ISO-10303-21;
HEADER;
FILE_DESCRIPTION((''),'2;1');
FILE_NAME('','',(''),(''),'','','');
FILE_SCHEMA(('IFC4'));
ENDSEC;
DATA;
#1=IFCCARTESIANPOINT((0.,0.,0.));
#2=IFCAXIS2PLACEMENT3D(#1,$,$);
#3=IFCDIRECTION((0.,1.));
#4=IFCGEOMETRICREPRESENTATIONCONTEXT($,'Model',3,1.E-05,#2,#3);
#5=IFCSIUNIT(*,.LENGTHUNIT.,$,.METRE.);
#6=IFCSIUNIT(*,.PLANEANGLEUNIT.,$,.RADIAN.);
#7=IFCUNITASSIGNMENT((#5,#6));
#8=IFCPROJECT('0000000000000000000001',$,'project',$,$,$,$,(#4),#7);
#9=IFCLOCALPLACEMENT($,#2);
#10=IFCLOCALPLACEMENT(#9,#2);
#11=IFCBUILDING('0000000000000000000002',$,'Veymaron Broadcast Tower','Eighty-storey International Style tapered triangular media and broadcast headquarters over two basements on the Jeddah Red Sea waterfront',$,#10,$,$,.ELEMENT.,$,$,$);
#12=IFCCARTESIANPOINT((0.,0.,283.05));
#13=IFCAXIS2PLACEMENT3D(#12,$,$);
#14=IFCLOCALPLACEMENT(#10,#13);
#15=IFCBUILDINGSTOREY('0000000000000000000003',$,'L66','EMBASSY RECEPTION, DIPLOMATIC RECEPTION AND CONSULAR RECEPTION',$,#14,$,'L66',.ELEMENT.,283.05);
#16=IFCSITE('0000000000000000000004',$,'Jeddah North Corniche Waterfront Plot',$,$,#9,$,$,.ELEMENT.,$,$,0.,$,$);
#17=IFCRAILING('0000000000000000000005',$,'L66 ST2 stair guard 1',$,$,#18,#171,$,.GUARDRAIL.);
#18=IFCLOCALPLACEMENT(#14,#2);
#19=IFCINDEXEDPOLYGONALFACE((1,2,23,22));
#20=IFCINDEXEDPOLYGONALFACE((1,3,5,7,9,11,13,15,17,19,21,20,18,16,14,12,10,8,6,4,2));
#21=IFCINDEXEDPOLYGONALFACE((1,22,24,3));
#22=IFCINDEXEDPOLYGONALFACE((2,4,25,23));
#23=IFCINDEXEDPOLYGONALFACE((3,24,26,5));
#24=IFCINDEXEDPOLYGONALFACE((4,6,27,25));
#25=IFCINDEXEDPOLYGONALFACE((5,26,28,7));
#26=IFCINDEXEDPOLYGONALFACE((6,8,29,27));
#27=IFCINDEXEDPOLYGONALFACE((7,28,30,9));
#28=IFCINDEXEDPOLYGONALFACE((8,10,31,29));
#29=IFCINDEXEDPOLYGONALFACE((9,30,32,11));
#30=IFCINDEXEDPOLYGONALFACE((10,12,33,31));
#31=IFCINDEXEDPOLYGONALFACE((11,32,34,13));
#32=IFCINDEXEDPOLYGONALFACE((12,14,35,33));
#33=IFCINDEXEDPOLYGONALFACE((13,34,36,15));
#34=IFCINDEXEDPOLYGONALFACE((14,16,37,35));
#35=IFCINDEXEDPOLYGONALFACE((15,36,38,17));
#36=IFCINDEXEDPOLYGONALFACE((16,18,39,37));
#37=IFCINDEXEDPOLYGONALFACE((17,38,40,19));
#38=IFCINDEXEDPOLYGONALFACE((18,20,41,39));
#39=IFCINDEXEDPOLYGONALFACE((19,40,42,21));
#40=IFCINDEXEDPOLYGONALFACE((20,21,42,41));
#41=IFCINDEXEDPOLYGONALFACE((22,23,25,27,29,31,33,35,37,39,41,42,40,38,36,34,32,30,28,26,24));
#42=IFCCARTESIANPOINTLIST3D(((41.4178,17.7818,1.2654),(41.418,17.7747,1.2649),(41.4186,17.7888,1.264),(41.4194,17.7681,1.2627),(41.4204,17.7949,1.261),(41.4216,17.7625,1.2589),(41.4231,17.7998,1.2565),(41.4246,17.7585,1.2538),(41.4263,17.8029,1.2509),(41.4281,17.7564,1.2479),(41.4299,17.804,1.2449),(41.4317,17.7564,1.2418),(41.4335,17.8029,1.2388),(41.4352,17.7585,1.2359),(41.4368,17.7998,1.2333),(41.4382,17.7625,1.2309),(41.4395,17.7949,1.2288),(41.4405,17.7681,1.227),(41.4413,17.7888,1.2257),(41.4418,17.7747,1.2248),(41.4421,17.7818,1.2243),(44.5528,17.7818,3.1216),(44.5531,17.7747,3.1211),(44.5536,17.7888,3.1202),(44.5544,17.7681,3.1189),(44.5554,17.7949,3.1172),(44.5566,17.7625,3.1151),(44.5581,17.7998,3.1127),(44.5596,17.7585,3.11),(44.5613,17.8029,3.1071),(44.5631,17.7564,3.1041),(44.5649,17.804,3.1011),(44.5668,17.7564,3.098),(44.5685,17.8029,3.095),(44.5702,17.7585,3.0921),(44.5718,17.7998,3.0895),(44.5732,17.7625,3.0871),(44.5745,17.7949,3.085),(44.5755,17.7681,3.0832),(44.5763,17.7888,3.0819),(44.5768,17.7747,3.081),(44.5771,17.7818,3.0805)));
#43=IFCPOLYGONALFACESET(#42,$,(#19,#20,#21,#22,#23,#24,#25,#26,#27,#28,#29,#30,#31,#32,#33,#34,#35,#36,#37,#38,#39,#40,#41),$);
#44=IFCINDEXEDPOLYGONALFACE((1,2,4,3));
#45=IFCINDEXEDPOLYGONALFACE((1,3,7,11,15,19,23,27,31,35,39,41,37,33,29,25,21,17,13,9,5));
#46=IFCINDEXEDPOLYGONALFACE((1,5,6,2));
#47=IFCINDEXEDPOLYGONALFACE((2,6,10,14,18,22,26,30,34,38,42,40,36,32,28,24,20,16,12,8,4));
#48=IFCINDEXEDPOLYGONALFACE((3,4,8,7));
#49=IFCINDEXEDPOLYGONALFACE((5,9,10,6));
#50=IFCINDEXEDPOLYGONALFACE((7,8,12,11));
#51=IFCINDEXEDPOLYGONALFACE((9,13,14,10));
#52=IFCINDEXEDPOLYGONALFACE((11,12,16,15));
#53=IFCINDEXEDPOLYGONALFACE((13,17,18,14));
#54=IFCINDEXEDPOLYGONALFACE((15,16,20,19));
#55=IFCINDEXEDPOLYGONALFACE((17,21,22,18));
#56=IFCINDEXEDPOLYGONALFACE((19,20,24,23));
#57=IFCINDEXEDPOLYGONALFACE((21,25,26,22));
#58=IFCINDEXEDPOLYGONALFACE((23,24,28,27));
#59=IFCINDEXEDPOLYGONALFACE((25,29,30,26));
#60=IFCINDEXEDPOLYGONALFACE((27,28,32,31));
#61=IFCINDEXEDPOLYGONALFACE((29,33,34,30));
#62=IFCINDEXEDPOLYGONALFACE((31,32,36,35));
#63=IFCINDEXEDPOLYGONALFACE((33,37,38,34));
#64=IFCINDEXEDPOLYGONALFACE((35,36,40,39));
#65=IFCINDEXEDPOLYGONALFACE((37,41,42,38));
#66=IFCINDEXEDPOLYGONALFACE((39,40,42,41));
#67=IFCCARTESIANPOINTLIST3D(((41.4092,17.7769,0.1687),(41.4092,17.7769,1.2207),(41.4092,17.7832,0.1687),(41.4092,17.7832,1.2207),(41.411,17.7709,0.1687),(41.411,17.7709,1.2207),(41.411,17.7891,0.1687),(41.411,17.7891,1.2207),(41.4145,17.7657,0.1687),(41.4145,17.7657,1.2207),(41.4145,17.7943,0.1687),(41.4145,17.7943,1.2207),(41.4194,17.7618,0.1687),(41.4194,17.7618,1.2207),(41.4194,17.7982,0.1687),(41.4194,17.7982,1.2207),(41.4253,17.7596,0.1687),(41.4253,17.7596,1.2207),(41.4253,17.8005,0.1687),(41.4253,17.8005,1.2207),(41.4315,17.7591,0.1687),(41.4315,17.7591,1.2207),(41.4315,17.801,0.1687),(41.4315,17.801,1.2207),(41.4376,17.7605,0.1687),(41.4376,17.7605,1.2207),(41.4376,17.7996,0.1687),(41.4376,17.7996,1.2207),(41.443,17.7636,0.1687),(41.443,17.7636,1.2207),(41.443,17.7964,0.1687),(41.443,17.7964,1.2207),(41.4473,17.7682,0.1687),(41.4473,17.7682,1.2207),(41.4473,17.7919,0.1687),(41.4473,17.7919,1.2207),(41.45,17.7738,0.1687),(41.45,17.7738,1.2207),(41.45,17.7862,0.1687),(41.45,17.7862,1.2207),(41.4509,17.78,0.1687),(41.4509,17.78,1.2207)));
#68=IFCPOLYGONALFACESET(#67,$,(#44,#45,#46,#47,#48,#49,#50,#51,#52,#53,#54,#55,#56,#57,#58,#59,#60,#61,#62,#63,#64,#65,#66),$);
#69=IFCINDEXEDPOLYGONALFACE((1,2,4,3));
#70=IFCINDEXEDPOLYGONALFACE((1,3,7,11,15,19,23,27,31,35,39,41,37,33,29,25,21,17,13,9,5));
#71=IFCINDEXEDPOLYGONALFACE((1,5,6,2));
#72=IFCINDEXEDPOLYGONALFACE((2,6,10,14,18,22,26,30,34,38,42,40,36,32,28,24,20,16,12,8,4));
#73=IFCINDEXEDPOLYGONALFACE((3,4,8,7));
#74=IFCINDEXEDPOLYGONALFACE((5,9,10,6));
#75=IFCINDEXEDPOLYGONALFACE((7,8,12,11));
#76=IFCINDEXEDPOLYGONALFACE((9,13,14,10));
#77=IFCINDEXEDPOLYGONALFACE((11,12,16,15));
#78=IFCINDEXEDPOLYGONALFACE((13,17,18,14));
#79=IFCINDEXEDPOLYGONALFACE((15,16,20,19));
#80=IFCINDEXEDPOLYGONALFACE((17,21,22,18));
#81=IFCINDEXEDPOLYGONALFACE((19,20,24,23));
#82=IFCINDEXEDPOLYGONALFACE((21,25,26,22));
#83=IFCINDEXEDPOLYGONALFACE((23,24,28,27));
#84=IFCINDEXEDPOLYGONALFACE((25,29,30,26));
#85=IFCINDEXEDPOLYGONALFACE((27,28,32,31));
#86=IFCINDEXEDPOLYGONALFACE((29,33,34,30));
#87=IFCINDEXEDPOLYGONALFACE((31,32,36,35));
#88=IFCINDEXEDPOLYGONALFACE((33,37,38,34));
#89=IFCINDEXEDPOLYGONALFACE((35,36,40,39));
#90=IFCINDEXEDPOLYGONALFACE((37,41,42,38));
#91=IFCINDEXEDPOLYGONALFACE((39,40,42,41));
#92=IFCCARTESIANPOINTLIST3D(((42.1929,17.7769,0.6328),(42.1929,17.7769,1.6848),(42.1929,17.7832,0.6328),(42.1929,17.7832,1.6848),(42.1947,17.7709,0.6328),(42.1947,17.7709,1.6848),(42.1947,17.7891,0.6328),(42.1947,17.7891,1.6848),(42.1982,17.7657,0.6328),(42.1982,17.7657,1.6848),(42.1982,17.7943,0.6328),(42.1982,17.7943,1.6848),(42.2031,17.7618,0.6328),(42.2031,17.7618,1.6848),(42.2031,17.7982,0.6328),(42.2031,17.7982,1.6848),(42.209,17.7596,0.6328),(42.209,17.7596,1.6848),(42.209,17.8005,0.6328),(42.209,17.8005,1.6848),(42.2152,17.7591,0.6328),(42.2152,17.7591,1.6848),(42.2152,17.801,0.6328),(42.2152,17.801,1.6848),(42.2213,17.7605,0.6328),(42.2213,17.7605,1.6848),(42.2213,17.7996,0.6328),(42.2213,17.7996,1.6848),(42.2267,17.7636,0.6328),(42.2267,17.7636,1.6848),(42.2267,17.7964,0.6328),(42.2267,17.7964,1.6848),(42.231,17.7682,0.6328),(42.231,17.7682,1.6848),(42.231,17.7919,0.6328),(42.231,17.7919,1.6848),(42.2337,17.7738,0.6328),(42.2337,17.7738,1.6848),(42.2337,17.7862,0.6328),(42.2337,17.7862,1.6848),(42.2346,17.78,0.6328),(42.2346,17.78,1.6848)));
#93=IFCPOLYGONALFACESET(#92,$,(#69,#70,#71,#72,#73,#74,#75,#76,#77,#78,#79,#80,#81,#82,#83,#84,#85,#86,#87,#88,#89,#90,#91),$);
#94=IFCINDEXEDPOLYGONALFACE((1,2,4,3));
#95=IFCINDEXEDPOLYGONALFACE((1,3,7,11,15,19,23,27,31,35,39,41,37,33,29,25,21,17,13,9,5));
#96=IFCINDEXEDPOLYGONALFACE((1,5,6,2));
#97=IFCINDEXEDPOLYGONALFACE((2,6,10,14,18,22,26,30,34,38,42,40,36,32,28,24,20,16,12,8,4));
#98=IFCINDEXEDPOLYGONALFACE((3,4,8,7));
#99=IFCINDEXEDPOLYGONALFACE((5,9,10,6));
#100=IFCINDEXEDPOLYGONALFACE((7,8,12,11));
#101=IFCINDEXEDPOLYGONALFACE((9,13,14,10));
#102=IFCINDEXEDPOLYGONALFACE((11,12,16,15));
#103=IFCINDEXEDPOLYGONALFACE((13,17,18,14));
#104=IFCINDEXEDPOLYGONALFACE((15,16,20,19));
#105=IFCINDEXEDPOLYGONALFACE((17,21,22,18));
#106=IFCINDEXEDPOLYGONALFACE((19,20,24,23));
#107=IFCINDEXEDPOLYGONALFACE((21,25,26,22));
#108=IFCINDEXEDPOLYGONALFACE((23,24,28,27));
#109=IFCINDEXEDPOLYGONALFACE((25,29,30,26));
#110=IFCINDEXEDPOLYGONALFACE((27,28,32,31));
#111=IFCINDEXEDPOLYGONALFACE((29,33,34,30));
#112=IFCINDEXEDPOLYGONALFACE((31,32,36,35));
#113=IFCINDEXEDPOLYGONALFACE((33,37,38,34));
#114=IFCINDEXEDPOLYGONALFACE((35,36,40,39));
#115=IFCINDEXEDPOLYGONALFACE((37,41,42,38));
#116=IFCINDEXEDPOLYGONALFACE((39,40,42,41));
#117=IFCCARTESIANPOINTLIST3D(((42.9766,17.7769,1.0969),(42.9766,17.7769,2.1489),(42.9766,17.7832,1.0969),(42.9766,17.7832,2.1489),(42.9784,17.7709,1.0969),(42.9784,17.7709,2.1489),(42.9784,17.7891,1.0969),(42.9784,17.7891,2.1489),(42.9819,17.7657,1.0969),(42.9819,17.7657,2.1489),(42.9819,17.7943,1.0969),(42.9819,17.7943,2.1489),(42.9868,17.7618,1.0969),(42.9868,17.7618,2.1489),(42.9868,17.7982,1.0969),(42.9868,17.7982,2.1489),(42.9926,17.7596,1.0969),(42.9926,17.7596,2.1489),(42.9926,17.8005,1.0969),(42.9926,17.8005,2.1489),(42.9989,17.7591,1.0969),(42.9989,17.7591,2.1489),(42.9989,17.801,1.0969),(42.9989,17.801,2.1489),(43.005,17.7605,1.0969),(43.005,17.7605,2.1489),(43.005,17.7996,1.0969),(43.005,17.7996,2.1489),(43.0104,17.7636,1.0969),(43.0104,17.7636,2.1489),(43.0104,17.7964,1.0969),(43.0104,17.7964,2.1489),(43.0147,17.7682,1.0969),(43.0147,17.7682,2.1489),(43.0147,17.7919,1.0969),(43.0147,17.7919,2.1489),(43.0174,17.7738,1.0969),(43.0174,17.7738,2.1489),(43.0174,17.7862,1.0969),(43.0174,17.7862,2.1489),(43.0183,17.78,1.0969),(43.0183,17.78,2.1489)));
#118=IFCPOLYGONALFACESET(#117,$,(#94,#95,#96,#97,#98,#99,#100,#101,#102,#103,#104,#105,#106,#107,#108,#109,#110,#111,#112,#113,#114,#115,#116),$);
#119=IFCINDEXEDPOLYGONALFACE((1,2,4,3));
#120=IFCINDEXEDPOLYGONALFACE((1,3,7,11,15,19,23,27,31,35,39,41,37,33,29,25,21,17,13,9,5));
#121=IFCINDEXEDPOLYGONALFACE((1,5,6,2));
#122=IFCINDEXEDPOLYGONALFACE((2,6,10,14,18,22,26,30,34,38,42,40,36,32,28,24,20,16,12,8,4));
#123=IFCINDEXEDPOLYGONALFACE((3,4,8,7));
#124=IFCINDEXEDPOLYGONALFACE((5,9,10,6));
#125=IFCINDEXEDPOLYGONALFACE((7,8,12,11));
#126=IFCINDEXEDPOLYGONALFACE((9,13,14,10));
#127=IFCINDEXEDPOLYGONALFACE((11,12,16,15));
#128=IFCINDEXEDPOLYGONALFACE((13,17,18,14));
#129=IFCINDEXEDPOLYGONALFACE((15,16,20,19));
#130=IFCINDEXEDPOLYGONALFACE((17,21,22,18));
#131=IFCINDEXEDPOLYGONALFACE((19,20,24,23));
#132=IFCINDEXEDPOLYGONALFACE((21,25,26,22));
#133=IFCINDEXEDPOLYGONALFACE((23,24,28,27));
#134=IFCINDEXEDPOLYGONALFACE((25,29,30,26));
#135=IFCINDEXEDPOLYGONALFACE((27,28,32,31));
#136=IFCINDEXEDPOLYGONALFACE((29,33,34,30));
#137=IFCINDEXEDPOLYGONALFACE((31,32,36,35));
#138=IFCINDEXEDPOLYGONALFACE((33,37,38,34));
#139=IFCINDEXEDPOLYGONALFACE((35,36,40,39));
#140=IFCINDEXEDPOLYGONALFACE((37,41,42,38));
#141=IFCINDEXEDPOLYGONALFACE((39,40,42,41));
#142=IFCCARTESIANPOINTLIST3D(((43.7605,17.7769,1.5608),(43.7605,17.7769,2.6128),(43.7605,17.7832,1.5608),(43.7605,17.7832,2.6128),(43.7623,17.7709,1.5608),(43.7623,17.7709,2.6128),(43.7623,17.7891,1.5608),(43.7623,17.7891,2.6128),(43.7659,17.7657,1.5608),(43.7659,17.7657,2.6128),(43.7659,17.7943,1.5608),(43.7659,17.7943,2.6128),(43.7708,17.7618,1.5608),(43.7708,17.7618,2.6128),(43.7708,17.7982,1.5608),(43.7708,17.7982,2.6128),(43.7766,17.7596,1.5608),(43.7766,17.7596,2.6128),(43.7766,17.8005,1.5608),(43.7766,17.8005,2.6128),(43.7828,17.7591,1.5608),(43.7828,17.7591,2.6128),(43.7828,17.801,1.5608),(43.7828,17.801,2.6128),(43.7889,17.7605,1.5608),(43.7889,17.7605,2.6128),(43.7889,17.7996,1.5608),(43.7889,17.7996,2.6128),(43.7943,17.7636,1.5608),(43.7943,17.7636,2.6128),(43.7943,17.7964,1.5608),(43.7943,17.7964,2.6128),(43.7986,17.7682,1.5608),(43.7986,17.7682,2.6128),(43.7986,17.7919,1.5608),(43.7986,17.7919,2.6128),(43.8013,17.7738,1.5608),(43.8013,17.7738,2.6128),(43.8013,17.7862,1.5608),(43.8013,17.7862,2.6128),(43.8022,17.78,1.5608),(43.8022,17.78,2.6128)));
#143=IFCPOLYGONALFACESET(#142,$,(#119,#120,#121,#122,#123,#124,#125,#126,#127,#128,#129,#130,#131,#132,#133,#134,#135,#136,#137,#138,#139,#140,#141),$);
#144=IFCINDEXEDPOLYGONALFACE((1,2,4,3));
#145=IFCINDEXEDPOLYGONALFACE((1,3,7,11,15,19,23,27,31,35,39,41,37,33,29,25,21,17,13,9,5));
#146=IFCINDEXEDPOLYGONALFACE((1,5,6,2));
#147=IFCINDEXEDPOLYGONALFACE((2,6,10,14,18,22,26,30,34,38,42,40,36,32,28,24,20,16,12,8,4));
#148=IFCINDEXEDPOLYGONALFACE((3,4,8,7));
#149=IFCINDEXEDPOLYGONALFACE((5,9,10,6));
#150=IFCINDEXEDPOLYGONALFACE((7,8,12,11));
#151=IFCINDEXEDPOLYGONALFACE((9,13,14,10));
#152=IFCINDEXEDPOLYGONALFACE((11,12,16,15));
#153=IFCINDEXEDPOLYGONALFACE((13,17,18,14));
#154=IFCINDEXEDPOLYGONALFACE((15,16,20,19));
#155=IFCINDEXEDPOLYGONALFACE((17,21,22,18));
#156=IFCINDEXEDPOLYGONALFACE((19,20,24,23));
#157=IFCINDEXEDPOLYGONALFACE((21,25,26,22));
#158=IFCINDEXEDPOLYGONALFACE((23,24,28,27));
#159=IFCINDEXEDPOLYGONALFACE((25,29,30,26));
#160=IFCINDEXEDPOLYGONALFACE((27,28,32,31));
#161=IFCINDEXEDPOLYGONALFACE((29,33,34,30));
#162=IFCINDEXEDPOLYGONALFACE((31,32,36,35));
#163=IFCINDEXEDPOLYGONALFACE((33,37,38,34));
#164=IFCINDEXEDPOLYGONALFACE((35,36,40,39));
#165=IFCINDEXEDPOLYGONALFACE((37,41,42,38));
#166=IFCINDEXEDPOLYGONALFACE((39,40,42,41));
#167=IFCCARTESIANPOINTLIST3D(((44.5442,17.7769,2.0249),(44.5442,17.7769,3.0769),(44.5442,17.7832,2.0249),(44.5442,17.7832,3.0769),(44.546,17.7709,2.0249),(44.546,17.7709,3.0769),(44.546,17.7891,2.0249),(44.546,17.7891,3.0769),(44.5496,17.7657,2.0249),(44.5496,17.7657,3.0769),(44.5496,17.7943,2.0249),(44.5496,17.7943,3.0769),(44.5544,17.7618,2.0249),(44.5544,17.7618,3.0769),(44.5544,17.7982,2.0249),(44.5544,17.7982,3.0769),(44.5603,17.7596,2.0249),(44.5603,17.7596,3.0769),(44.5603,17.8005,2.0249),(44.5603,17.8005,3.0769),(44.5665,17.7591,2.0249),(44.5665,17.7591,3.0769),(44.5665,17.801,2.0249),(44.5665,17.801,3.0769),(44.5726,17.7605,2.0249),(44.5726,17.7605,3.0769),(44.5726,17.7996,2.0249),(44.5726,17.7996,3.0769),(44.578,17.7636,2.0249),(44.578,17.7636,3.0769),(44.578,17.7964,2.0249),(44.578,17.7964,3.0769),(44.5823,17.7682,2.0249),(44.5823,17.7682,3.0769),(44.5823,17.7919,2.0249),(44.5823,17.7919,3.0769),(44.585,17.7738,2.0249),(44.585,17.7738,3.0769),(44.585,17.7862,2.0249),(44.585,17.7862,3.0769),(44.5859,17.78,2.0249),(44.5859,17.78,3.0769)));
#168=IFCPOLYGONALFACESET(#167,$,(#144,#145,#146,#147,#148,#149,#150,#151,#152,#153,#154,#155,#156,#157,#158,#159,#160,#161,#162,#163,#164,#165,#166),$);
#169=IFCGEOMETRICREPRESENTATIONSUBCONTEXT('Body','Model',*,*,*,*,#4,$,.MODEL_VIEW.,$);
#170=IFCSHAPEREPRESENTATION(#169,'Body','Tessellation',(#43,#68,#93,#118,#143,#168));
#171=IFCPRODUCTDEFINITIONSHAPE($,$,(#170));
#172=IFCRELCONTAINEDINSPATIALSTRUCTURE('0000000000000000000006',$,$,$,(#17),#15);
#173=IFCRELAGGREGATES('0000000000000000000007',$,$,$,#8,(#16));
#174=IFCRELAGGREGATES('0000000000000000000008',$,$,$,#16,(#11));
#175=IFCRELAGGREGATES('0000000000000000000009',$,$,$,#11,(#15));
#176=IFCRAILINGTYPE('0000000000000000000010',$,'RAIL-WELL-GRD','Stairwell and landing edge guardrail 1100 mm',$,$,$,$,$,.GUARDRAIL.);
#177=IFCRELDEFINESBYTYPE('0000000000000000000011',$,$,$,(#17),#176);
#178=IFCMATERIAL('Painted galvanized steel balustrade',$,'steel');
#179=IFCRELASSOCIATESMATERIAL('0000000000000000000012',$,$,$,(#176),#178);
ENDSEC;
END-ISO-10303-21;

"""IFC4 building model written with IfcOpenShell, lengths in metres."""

from ifc_helpers import new_model, si_unit, direction, frame, origin, origin_2d, place, context, subcontext, project, spatial, circle, extrude, material, type_object, element, save


model = new_model("IFC4")

# Units and contexts
model_context = context("Model", 3, precision=1e-05, world=origin(), true_north=direction((0.0, 1.0)))
body_context = subcontext(model_context, "Body", "Model", "MODEL_VIEW")
ifc_project = project(units=[si_unit("LENGTHUNIT", "METRE"), si_unit("PLANEANGLEUNIT", "RADIAN")], contexts=[model_context])

# Site, building, storey
site_placement = place(None, origin())
site = spatial("IfcSite", under=ifc_project, at=site_placement, Name="Jeddah North Corniche Waterfront Plot", CompositionType="ELEMENT", RefElevation=0.0)
building_placement = place(site_placement, origin())
building = spatial("IfcBuilding", under=site, at=building_placement, Name="Veymaron Broadcast Tower", Description="Eighty-storey International Style tapered triangular media and broadcast headquarters over two basements on the Jeddah Red Sea waterfront", CompositionType="ELEMENT")
storey_placement = place(building_placement, frame((0.0, 0.0, 283.05)))
storey = spatial("IfcBuildingStorey", under=building, at=storey_placement, Name="L66", Description="EMBASSY RECEPTION, DIPLOMATIC RECEPTION AND CONSULAR RECEPTION", LongName="L66", CompositionType="ELEMENT", Elevation=283.05)

# Railing
ifc_material_1 = material(Name="Painted galvanized steel balustrade", Category="steel")
railing_type_1 = type_object("IfcRailingType", Name="RAIL-WELL-GRD", Description="Stairwell and landing edge guardrail 1100 mm", PredefinedType="GUARDRAIL", material=ifc_material_1)
railing_1_placement = place(storey_placement, frame((41.4299, 17.78, 0.1687)))
element("IfcRailing", 1, at=railing_1_placement, inside=storey, type_object=railing_type_1, Name="L66 ST2 stair guard 1", PredefinedType="GUARDRAIL", context=body_context, shape_type="SweptSolid", body=[
    extrude(circle(Radius=0.0239, at=origin_2d()), frame((0.0, 0.0, 1.0762), z_axis=(0.860482, 0.0, 0.509481), x_axis=(0.0, 1.0, 0.0)), (0.0, 0.0, 1.0), 3.6433),
    extrude(circle(Radius=0.021, at=origin_2d()), origin(), (0.0, 0.0, 1.0), 1.052),
    extrude(circle(Radius=0.021, at=origin_2d()), frame((0.7837, 0.0, 0.4641)), (0.0, 0.0, 1.0), 1.052),
    extrude(circle(Radius=0.021, at=origin_2d()), frame((1.5674, 0.0, 0.9282)), (0.0, 0.0, 1.0), 1.052),
    extrude(circle(Radius=0.021, at=origin_2d()), frame((2.3513, 0.0, 1.3921)), (0.0, 0.0, 1.0), 1.052),
    extrude(circle(Radius=0.021, at=origin_2d()), frame((3.135, 0.0, 1.8562)), (0.0, 0.0, 1.0), 1.052),
])

save(model, "model.ifc")
